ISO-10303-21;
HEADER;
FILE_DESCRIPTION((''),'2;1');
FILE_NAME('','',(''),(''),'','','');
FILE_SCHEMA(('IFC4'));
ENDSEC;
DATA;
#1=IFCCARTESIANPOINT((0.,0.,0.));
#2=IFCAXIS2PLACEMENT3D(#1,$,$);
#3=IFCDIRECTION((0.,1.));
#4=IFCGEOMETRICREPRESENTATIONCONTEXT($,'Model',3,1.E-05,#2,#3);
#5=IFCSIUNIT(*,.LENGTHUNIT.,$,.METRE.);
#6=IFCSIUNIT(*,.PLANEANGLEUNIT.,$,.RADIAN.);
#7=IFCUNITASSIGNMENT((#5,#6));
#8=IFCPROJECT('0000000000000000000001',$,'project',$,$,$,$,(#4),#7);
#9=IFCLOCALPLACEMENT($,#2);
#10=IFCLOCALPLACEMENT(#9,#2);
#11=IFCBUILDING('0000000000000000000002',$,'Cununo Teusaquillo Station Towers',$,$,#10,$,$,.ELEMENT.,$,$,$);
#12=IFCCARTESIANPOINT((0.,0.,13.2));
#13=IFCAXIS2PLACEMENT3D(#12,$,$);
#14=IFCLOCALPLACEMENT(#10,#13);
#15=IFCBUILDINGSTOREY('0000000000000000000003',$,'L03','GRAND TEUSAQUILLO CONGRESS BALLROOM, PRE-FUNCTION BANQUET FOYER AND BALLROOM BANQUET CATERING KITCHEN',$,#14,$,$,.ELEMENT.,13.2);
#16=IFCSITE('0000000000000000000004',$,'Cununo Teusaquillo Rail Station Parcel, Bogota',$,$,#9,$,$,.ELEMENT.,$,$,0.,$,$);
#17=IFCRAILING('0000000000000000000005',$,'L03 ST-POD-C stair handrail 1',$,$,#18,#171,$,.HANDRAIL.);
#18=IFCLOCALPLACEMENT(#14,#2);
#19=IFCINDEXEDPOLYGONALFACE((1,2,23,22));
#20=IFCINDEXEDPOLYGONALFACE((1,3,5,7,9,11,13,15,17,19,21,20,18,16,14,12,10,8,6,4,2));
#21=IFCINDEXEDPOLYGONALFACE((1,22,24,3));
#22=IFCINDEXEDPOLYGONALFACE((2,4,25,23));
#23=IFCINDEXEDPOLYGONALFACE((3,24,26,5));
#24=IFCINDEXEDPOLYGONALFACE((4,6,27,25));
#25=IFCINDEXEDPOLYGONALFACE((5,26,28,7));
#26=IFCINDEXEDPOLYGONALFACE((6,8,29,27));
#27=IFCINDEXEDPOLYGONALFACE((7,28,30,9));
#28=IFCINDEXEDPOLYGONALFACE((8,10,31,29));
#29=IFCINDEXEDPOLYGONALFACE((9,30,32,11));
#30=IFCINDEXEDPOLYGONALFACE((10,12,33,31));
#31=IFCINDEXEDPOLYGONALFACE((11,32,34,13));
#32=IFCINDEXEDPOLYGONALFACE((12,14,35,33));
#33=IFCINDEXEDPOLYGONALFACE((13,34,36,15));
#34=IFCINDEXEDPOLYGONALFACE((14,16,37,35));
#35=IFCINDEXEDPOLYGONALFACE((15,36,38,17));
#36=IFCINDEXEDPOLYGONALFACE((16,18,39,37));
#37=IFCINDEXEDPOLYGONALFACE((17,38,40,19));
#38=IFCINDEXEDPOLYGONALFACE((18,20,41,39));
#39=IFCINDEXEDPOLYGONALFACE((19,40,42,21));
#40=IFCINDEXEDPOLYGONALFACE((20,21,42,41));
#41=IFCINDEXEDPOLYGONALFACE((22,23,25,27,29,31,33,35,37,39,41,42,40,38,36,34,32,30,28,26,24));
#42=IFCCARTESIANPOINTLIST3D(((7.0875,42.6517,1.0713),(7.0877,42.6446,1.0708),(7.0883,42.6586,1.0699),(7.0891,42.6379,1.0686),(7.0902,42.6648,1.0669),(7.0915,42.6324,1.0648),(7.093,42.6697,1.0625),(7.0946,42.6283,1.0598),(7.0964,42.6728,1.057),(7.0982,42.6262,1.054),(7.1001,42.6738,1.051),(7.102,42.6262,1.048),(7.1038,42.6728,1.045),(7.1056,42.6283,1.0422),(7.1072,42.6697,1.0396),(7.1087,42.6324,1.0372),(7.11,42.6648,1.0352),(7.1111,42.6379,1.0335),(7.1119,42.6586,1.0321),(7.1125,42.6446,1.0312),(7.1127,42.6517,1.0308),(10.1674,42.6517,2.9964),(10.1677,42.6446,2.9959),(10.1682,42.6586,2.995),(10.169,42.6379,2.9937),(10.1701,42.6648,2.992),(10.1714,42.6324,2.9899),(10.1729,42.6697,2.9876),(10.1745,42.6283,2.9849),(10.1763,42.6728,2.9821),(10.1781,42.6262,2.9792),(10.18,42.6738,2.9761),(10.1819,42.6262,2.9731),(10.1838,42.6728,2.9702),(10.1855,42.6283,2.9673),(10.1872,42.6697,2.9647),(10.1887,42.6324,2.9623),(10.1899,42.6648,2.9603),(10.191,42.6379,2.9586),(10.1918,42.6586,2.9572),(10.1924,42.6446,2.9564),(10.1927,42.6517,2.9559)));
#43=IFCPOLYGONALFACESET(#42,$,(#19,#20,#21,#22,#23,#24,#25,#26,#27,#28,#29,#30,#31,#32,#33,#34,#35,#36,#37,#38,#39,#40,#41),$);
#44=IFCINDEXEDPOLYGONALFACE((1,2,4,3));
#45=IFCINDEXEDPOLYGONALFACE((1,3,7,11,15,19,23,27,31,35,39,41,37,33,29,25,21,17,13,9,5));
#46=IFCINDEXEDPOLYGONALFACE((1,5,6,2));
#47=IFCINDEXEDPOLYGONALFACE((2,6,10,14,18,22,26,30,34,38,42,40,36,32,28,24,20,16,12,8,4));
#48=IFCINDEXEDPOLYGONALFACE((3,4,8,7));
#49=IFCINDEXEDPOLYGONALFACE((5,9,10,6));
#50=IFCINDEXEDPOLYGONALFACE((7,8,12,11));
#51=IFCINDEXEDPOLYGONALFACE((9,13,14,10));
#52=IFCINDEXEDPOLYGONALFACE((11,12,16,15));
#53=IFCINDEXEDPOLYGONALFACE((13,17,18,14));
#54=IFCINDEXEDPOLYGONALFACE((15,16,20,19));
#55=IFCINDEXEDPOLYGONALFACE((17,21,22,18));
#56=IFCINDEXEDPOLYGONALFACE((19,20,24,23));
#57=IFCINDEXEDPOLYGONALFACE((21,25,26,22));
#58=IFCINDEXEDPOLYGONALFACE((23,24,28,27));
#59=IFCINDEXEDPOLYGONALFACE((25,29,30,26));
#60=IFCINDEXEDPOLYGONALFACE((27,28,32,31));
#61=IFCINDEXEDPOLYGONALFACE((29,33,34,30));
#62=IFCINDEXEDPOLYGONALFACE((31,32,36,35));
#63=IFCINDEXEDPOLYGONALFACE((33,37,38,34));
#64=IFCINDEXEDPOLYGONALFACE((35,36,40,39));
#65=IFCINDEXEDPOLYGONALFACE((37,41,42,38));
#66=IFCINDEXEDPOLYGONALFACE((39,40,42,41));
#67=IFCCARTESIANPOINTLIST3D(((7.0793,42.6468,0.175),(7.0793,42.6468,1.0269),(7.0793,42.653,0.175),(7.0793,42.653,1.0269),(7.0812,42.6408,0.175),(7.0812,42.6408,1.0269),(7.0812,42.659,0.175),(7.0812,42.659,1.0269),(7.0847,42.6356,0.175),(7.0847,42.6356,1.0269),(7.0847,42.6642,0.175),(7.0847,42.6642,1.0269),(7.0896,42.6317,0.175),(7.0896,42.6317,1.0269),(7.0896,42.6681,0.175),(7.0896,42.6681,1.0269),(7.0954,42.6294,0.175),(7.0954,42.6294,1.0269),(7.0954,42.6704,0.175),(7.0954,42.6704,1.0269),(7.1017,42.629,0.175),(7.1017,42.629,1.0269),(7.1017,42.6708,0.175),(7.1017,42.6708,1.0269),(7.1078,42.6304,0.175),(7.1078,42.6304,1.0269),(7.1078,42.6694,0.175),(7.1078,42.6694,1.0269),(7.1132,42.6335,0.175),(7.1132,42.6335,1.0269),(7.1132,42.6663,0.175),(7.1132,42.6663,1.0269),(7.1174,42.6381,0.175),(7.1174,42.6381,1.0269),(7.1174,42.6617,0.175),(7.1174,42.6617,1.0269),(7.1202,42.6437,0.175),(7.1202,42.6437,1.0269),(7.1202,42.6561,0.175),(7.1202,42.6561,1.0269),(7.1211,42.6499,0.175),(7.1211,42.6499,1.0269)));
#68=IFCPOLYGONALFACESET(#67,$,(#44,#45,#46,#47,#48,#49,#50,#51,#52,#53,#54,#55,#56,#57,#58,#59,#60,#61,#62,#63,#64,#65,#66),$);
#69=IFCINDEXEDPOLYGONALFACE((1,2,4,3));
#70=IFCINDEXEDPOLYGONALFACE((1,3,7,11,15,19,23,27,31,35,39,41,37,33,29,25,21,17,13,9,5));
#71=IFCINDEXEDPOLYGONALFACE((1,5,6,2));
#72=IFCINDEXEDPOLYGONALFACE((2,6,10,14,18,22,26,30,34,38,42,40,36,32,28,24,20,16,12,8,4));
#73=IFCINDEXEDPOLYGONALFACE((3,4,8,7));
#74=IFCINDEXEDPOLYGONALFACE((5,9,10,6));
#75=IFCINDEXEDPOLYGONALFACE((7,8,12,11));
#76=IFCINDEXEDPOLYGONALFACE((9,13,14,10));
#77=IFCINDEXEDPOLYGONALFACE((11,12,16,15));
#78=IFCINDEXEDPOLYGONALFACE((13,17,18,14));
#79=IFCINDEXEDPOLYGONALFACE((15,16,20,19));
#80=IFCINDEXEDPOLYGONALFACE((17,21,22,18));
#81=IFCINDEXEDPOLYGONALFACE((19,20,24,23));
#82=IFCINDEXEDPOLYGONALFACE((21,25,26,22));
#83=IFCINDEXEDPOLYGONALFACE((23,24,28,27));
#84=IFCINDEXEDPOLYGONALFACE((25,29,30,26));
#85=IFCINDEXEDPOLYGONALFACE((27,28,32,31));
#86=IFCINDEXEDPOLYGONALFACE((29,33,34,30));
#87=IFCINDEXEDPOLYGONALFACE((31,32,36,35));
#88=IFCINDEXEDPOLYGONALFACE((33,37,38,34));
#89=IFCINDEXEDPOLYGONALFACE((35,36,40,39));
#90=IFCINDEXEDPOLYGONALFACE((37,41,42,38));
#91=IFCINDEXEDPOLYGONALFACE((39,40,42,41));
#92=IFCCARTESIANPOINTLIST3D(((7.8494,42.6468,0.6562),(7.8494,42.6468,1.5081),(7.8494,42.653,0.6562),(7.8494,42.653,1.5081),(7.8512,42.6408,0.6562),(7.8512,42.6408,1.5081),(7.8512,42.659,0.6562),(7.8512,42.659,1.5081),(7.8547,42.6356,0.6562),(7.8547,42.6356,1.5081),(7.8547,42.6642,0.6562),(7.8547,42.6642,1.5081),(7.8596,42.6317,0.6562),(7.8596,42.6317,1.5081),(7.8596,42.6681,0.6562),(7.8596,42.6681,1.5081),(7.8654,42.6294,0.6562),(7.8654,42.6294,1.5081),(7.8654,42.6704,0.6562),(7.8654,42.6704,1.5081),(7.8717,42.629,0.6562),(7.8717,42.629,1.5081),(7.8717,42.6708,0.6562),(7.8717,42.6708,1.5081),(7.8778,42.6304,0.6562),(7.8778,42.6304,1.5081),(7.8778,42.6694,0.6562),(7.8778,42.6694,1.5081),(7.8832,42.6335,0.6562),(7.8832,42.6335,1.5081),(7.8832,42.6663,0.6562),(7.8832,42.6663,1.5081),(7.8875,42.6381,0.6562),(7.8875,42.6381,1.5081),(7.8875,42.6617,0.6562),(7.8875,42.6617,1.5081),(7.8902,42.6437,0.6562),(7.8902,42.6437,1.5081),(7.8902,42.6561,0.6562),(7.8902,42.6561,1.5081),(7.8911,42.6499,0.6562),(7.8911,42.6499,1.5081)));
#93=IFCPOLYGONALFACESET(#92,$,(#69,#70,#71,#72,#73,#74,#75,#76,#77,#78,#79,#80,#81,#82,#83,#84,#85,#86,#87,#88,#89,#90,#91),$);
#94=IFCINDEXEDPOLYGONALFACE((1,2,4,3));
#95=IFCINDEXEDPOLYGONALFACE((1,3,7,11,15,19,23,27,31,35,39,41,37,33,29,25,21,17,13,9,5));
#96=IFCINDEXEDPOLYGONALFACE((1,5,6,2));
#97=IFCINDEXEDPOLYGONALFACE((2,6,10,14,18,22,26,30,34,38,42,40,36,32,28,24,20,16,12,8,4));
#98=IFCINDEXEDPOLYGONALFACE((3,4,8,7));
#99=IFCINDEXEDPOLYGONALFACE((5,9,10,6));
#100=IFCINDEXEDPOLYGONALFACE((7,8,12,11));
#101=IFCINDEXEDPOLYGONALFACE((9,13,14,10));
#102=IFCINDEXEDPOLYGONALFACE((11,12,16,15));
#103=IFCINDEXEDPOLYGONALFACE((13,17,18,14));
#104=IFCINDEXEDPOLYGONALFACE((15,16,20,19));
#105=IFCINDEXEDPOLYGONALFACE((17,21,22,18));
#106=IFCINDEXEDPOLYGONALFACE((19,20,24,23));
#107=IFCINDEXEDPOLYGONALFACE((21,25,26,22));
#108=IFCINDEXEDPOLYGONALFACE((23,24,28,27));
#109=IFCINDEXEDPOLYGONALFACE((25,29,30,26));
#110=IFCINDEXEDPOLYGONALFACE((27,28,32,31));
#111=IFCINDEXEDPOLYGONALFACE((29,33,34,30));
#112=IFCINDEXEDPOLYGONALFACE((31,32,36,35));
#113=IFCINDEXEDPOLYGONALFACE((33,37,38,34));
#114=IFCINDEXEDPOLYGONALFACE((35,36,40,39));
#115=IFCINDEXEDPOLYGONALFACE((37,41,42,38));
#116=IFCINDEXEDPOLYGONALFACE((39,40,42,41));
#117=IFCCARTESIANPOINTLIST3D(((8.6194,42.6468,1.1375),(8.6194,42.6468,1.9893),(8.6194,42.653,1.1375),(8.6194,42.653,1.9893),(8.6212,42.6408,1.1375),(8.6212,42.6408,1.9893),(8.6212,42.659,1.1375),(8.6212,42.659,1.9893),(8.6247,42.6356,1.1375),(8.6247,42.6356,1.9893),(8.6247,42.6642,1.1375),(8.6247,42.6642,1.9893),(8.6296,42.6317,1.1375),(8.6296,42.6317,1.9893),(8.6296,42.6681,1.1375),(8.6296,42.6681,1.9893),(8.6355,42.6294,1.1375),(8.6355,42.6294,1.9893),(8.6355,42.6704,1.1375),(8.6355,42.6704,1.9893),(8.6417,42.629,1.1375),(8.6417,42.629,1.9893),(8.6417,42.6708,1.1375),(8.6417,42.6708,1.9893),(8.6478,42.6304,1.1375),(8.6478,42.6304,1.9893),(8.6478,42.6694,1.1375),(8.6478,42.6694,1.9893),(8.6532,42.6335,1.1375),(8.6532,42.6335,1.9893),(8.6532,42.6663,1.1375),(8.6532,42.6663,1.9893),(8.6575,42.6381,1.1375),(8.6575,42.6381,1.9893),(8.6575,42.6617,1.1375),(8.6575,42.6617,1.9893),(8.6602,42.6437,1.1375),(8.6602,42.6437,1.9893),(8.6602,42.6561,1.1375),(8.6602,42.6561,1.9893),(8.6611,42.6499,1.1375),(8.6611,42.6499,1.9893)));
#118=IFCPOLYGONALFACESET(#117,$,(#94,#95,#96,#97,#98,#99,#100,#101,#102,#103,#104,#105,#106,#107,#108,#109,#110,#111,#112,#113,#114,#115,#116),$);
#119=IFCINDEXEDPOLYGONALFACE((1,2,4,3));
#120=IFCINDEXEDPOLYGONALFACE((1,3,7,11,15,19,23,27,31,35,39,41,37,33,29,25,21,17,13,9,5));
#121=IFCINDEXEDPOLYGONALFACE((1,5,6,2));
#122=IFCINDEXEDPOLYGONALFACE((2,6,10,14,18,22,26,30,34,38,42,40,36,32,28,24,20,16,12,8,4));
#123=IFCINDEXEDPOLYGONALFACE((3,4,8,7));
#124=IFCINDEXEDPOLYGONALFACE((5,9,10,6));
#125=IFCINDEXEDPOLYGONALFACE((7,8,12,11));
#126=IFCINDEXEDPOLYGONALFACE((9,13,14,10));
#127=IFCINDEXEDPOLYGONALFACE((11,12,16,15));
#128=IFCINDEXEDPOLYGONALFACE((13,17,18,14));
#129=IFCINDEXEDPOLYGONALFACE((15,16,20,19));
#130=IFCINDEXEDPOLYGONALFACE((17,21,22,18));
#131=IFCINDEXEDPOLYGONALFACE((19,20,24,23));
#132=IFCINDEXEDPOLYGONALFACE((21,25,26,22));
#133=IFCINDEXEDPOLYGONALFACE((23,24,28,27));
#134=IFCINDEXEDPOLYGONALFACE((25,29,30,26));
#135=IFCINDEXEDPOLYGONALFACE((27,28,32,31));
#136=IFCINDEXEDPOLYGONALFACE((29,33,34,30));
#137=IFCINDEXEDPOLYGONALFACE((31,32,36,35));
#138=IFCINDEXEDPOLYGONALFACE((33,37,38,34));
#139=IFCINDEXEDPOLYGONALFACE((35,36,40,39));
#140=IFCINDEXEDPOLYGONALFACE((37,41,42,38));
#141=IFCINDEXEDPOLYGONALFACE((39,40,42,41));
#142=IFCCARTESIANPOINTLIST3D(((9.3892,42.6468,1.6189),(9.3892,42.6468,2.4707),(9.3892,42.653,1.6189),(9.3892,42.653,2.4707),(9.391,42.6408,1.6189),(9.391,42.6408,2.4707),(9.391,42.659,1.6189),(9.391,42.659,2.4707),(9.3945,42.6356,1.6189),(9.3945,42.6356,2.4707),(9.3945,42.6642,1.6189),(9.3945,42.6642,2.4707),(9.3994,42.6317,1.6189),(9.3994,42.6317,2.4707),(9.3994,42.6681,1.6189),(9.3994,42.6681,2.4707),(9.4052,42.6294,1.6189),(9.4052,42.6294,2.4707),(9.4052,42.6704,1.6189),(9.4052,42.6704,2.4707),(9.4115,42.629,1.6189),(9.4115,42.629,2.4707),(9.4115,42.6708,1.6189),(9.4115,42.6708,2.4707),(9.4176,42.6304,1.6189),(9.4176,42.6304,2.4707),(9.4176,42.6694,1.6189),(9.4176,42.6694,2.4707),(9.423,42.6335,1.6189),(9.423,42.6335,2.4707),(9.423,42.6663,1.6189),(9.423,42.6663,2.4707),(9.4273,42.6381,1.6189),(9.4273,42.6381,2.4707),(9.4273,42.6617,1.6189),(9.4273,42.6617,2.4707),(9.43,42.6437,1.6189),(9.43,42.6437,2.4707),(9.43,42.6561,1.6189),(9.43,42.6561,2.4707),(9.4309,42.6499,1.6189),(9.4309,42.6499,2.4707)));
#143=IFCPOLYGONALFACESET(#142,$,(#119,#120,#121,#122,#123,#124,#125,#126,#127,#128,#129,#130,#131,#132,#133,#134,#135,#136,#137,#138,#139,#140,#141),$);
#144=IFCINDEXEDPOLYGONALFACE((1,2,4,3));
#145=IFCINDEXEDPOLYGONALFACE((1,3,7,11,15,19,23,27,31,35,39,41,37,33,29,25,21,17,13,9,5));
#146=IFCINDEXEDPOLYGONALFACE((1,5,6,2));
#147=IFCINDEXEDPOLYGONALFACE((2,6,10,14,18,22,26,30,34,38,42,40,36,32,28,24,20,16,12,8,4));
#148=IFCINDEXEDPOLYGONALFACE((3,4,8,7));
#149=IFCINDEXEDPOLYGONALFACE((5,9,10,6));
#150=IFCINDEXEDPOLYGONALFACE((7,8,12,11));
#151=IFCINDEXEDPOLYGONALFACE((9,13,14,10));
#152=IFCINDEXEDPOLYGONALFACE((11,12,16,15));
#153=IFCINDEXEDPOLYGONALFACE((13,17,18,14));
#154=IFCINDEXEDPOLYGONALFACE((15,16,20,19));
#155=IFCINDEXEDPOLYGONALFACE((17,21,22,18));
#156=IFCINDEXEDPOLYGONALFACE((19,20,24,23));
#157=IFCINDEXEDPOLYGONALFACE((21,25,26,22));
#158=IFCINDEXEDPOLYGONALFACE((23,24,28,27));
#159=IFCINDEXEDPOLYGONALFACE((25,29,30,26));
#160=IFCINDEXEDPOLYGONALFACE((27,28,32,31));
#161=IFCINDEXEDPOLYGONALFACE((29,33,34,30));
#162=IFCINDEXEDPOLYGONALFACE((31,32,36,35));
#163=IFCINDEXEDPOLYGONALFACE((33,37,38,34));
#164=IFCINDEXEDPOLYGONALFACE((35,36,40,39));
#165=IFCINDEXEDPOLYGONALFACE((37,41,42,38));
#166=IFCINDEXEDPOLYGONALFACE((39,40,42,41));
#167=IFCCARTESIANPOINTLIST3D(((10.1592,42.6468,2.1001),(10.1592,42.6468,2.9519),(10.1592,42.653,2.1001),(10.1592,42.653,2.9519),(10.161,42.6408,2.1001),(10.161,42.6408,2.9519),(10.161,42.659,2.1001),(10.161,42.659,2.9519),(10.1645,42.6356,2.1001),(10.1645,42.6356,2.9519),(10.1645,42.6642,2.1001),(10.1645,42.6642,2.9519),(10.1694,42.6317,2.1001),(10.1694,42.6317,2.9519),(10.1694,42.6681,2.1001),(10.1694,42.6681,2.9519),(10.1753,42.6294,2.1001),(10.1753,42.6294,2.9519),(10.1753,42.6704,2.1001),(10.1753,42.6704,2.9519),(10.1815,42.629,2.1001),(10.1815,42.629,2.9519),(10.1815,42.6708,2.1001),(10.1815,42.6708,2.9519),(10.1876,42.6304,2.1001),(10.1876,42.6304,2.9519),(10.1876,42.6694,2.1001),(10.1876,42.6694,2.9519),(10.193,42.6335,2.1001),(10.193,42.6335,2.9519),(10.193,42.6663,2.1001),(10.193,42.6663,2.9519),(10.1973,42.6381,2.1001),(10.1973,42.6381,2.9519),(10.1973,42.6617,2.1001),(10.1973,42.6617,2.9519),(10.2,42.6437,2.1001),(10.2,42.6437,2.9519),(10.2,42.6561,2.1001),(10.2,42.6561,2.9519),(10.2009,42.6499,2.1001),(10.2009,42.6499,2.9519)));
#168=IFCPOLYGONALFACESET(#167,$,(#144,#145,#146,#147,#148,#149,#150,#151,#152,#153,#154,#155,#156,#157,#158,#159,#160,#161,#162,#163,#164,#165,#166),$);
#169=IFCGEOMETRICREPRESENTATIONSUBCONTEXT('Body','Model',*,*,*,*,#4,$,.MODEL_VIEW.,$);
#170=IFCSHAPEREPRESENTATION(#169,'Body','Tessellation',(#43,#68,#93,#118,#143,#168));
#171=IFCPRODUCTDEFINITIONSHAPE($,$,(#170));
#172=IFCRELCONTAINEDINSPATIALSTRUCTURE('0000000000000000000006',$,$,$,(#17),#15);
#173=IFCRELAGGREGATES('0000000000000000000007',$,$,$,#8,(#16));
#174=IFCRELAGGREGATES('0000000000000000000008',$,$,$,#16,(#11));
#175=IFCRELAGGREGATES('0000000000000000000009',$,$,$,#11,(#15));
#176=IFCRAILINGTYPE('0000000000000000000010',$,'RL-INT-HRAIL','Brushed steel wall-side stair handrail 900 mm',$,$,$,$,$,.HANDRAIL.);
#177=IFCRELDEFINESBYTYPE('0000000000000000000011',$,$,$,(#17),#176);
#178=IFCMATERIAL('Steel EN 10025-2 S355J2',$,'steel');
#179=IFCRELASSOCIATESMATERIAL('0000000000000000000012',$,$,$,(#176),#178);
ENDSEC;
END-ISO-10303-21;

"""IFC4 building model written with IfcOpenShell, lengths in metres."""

from ifc_helpers import new_model, si_unit, direction, frame, origin, origin_2d, place, context, subcontext, project, spatial, circle, extrude, material, type_object, element, save


model = new_model("IFC4")

# Units and contexts
model_context = context("Model", 3, precision=1e-05, world=origin(), true_north=direction((0.0, 1.0)))
body_context = subcontext(model_context, "Body", "Model", "MODEL_VIEW")
ifc_project = project(units=[si_unit("LENGTHUNIT", "METRE"), si_unit("PLANEANGLEUNIT", "RADIAN")], contexts=[model_context])

# Site, building, storey
site_placement = place(None, origin())
site = spatial("IfcSite", under=ifc_project, at=site_placement, Name="Cununo Teusaquillo Rail Station Parcel, Bogota", CompositionType="ELEMENT", RefElevation=0.0)
building_placement = place(site_placement, origin())
building = spatial("IfcBuilding", under=site, at=building_placement, Name="Cununo Teusaquillo Station Towers", CompositionType="ELEMENT")
storey_placement = place(building_placement, frame((0.0, 0.0, 13.2)))
storey = spatial("IfcBuildingStorey", under=building, at=storey_placement, Name="L03", Description="GRAND TEUSAQUILLO CONGRESS BALLROOM, PRE-FUNCTION BANQUET FOYER AND BALLROOM BANQUET CATERING KITCHEN", CompositionType="ELEMENT", Elevation=13.2)

# Railing
ifc_material_1 = material(Name="Steel EN 10025-2 S355J2", Category="steel")
railing_type_1 = type_object("IfcRailingType", Name="RL-INT-HRAIL", Description="Brushed steel wall-side stair handrail 900 mm", PredefinedType="HANDRAIL", material=ifc_material_1)
railing_1_placement = place(storey_placement, frame((7.1001, 42.6499, 0.175)))
element("IfcRailing", 1, at=railing_1_placement, inside=storey, type_object=railing_type_1, Name="L03 ST-POD-C stair handrail 1", PredefinedType="HANDRAIL", context=body_context, shape_type="SweptSolid", body=[
    extrude(circle(Radius=0.0239, at=origin_2d()), frame((0.0, 0.0, 0.876), z_axis=(0.847979, 0.0, 0.530029), x_axis=(0.0, 1.0, 0.0)), (0.0, 0.0, 1.0), 3.6321),
    extrude(circle(Radius=0.021, at=origin_2d()), origin(), (0.0, 0.0, 1.0), 0.8518),
    extrude(circle(Radius=0.021, at=origin_2d()), frame((0.77, 0.0, 0.4812)), (0.0, 0.0, 1.0), 0.8518),
    extrude(circle(Radius=0.021, at=origin_2d()), frame((1.54, 0.0, 0.9624)), (0.0, 0.0, 1.0), 0.8518),
    extrude(circle(Radius=0.021, at=origin_2d()), frame((2.3098, 0.0, 1.4438)), (0.0, 0.0, 1.0), 0.8518),
    extrude(circle(Radius=0.021, at=origin_2d()), frame((3.0798, 0.0, 1.925)), (0.0, 0.0, 1.0), 0.8518),
])

save(model, "model.ifc")
